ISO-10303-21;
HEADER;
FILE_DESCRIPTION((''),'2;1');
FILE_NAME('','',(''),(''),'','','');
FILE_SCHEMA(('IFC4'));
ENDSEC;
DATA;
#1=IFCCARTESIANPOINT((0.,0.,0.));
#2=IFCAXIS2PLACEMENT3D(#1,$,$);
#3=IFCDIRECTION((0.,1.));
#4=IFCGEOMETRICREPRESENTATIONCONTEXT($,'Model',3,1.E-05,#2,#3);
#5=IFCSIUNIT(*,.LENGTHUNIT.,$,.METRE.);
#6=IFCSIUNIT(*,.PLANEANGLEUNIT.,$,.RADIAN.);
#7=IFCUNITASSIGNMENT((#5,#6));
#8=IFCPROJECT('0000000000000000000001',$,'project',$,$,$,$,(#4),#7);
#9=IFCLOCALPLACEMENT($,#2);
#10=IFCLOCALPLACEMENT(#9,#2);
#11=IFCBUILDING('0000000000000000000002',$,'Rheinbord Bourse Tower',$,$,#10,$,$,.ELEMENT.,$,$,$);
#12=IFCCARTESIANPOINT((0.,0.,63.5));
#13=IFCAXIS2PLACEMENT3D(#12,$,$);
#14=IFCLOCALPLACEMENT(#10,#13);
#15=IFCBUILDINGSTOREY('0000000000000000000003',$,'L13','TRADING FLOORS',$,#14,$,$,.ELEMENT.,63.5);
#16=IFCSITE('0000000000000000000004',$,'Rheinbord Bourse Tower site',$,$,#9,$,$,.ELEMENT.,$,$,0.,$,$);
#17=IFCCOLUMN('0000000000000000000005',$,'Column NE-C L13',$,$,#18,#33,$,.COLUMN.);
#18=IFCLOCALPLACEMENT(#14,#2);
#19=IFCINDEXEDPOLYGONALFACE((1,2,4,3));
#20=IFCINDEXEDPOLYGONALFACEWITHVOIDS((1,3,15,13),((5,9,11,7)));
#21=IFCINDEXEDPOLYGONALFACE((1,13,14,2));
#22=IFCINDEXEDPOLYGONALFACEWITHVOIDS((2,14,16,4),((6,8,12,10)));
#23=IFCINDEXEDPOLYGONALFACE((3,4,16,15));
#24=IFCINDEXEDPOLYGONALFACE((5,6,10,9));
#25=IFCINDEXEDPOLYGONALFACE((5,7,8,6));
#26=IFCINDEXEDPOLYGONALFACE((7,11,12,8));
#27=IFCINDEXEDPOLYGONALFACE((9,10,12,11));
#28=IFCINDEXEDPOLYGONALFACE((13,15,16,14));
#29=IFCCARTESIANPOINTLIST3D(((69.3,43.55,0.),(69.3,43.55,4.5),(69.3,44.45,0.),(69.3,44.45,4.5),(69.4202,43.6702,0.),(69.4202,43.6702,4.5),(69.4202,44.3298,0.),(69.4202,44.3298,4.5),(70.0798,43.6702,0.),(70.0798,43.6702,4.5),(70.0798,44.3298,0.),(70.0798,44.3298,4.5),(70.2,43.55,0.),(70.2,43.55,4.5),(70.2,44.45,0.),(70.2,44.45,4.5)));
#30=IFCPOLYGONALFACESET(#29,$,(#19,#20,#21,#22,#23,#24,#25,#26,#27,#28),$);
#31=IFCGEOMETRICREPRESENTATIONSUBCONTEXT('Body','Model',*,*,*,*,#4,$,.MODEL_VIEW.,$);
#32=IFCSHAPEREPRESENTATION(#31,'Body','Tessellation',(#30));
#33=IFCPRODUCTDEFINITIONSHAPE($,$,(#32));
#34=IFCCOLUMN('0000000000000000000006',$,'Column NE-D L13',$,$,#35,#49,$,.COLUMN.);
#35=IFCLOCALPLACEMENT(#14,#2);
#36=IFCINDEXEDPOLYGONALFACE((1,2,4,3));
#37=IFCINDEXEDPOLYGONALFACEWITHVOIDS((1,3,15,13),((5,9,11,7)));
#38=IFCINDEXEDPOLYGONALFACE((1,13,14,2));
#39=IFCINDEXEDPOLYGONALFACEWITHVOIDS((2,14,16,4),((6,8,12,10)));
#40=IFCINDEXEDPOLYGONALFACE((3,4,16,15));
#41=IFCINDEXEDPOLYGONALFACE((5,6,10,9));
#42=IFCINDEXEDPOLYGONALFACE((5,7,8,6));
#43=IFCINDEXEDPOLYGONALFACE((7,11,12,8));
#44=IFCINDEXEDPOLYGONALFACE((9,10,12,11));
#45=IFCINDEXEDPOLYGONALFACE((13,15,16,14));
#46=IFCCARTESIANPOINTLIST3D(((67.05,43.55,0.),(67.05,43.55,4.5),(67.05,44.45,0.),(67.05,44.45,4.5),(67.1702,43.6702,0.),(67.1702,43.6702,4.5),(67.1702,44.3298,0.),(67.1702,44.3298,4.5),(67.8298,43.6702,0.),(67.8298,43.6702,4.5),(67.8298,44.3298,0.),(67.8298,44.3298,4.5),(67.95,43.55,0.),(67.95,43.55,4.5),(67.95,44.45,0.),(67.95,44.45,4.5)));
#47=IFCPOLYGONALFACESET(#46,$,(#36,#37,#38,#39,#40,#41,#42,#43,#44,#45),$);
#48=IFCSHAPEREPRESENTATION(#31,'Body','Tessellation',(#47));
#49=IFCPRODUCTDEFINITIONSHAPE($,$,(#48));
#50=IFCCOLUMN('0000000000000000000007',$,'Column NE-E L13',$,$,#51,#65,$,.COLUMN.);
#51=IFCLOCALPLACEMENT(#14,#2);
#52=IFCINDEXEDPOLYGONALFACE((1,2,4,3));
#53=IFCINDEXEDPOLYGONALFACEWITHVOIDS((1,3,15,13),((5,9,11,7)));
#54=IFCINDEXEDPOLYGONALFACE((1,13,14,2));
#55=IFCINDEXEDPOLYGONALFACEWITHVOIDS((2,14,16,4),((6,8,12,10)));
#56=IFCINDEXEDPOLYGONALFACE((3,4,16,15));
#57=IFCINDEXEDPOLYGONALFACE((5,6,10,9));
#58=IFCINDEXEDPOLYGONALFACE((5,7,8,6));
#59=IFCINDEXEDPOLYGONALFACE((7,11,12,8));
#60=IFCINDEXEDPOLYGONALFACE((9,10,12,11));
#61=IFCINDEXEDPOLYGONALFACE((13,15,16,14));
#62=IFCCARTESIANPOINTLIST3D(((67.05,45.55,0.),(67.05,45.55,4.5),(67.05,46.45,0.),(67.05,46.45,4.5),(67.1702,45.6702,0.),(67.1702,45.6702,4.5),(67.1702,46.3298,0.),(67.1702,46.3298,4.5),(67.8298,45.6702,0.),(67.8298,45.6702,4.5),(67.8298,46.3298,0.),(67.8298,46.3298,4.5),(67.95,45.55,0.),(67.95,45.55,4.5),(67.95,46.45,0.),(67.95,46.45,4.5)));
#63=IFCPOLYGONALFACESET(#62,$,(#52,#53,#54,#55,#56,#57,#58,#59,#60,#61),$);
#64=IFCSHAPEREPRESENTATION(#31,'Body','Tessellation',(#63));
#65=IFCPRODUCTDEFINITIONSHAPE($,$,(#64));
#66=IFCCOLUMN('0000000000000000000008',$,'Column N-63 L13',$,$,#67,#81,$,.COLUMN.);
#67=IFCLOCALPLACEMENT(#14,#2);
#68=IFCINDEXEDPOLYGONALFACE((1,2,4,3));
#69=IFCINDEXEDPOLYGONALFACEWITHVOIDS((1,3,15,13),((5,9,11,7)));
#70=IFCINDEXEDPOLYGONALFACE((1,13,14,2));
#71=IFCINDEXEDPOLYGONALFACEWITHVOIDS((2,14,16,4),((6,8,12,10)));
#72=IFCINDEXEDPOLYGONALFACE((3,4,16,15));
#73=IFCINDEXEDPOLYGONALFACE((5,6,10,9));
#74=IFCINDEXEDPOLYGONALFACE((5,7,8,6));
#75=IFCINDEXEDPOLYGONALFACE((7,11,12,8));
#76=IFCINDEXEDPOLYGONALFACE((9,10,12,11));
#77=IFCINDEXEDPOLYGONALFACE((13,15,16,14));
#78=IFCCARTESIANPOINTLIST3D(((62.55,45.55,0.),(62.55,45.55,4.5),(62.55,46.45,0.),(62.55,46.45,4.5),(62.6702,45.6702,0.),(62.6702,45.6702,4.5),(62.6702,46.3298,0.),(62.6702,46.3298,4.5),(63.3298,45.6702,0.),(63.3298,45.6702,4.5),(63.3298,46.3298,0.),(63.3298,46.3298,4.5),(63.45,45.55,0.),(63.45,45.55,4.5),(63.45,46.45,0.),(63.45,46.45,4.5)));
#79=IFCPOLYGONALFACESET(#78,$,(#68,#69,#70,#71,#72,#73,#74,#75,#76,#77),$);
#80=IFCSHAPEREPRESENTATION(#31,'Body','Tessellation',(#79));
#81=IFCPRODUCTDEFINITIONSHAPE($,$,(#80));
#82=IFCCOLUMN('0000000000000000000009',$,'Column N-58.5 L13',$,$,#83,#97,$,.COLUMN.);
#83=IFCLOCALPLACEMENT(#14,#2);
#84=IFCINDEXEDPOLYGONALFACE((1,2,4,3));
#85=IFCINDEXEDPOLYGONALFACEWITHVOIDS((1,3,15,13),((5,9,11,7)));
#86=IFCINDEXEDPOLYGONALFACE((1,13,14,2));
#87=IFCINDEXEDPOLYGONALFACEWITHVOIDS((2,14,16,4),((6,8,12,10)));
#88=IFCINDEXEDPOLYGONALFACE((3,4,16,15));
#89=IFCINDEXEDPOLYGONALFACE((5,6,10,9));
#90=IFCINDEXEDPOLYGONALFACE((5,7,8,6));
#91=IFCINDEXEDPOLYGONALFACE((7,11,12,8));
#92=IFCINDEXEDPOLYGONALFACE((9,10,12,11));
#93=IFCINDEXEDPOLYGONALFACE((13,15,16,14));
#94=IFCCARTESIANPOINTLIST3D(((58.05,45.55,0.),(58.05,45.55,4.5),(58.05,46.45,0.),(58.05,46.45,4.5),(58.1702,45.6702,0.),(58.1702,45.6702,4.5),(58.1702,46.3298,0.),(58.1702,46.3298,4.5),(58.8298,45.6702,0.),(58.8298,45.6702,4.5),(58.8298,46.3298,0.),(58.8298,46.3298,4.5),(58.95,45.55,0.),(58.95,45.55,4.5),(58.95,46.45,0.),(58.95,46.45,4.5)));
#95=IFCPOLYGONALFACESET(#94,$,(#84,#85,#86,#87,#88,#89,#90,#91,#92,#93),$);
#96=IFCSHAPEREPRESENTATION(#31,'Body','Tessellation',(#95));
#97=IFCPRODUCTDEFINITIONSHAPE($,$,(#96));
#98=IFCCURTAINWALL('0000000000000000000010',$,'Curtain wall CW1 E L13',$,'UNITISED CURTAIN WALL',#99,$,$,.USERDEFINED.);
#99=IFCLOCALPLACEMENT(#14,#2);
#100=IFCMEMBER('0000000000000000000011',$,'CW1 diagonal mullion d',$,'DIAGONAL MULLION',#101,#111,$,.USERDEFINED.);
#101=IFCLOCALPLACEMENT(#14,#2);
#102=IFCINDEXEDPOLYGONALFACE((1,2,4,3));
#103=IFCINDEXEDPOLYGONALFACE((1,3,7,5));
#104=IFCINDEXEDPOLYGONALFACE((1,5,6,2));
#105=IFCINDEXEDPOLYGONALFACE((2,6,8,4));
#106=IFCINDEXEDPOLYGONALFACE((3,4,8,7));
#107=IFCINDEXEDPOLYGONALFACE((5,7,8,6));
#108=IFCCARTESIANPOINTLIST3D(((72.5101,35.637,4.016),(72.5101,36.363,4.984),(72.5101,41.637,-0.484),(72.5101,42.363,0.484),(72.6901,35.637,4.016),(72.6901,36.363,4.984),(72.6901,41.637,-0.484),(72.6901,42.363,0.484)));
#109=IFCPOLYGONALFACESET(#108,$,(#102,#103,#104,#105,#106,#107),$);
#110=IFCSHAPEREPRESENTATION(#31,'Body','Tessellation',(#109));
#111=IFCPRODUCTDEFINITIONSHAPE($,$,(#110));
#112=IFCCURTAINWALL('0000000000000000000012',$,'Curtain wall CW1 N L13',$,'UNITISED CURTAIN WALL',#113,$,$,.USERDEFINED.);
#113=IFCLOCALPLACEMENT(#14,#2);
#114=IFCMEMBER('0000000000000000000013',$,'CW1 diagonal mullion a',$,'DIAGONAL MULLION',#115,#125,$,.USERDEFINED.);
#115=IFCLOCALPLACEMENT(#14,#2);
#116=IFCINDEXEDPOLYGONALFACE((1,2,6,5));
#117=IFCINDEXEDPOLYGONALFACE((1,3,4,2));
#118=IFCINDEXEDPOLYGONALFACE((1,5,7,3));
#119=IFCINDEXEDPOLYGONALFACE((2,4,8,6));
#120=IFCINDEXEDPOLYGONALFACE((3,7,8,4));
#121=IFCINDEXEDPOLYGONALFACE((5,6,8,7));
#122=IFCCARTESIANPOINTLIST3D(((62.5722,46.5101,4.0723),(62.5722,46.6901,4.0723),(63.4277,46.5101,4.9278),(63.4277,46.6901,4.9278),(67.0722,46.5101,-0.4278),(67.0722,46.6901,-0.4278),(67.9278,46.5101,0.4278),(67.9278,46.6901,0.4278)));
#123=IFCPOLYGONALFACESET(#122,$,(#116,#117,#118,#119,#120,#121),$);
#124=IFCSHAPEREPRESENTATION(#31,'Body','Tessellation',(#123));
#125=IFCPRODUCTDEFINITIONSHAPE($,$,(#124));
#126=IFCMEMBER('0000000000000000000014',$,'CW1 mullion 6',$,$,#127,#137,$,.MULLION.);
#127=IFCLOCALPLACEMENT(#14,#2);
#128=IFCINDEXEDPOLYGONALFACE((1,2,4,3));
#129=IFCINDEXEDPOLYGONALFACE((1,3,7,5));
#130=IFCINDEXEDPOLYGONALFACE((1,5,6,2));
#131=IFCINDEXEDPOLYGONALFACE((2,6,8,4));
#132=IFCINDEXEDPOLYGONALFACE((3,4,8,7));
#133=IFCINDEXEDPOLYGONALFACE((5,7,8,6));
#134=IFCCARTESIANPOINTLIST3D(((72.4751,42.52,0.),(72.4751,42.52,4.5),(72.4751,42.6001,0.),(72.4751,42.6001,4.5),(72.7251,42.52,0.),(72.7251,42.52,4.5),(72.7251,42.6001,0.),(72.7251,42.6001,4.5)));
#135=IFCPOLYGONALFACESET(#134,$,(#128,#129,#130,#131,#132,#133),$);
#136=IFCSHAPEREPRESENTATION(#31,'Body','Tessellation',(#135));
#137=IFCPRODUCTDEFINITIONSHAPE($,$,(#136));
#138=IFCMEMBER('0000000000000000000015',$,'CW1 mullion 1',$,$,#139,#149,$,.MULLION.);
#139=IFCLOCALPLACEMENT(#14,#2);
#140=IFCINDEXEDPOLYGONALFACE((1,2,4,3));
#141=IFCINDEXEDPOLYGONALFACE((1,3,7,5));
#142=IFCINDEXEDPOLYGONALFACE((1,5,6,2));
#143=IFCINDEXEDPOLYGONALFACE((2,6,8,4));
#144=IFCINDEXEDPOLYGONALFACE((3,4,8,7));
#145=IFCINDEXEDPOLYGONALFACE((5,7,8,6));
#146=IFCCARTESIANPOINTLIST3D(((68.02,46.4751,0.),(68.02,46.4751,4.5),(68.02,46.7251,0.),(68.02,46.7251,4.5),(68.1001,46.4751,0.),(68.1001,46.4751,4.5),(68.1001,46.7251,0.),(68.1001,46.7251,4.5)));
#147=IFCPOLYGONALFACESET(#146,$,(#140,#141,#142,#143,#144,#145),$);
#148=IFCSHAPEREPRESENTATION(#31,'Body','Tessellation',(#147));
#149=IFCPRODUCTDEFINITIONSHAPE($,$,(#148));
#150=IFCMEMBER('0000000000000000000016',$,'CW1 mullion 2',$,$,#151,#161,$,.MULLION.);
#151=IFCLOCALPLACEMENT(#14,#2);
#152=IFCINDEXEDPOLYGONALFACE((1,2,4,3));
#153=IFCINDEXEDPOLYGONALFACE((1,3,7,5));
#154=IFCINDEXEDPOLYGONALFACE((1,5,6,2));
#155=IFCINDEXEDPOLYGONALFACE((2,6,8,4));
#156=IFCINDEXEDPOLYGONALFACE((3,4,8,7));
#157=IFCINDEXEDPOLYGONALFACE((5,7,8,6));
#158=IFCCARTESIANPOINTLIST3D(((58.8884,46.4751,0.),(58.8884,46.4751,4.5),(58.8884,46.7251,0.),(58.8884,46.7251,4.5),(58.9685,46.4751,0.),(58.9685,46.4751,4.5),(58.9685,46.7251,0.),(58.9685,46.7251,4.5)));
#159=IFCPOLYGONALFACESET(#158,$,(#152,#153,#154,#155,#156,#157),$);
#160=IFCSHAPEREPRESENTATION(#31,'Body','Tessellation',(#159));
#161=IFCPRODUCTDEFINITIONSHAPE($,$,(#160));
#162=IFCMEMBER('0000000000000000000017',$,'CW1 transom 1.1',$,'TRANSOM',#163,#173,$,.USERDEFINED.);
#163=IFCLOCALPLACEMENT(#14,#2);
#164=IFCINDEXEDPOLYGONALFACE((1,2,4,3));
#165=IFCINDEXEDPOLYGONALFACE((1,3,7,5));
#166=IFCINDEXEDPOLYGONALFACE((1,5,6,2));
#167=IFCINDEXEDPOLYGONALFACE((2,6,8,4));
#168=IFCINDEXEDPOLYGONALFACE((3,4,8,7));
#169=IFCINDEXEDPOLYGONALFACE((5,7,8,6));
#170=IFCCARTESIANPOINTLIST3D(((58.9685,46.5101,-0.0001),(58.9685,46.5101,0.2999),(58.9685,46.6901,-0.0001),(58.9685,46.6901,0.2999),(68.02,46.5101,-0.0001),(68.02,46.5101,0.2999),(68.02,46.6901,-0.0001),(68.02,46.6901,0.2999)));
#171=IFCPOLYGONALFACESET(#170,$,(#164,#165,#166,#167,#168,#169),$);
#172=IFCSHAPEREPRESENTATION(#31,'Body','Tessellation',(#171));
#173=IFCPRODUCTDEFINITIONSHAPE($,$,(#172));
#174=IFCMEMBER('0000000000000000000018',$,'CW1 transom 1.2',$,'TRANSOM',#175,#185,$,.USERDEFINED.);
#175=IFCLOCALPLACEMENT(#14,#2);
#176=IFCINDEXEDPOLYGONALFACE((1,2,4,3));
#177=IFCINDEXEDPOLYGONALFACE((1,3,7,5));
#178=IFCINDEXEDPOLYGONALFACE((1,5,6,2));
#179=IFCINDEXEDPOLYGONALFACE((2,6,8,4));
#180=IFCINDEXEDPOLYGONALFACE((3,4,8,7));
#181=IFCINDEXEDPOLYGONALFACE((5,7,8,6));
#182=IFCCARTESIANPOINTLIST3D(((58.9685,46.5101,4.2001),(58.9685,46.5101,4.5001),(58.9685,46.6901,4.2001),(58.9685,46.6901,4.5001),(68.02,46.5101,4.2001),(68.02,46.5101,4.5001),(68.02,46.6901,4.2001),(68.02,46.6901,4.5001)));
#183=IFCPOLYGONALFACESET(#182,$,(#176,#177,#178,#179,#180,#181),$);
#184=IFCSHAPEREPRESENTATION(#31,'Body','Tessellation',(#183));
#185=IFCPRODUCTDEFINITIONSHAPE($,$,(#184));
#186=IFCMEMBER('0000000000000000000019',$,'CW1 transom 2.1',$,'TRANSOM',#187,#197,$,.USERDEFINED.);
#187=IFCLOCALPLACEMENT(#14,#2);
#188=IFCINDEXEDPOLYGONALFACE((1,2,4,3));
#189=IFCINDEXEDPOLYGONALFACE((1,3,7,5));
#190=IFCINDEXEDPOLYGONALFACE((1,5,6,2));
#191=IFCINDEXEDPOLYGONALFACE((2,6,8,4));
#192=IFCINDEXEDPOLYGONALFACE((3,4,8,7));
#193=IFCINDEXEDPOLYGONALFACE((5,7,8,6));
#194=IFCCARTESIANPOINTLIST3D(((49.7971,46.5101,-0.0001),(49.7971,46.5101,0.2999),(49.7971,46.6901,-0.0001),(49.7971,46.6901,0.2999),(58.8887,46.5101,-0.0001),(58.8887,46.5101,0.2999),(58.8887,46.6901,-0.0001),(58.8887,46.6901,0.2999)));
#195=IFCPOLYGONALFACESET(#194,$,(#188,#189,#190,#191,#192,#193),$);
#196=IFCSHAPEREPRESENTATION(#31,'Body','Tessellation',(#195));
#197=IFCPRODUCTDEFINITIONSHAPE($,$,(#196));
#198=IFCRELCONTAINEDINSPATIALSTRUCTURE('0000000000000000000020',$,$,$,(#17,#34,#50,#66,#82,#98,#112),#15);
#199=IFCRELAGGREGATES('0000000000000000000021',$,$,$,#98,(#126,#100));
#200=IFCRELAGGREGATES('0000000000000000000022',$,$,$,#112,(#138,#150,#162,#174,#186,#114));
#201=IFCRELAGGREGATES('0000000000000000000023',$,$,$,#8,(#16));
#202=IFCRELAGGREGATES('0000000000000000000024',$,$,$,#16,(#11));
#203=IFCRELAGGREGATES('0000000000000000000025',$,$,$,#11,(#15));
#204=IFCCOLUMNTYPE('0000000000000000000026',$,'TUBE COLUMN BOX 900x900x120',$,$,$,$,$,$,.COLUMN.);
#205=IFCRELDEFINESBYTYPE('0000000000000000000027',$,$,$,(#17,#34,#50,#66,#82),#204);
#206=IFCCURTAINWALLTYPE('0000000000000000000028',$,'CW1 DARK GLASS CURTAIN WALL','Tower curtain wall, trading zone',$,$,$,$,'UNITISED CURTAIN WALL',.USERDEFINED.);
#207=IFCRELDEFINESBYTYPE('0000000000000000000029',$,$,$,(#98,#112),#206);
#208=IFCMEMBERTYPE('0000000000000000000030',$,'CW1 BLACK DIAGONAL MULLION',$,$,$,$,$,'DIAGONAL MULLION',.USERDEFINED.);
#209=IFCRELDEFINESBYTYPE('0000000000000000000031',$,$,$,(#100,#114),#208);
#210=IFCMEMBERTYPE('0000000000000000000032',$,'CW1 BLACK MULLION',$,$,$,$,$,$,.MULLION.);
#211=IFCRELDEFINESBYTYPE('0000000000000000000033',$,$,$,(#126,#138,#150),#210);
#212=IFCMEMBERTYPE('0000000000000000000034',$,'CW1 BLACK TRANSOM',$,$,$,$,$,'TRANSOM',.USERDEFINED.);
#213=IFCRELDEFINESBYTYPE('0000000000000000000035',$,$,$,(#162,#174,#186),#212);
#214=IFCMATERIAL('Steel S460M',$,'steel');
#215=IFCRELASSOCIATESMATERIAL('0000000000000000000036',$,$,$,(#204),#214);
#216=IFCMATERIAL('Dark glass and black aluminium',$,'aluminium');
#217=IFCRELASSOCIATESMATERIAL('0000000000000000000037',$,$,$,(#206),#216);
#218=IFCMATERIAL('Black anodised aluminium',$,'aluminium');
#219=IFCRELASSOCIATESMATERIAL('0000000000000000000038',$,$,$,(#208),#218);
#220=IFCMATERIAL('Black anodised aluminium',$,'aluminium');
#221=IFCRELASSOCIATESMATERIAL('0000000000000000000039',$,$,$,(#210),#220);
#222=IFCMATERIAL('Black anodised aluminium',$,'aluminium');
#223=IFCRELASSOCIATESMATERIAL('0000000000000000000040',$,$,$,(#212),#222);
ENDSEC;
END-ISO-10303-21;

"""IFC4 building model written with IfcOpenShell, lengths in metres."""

from ifc_helpers import new_model, si_unit, direction, frame, origin, origin_2d, place, context, subcontext, project, spatial, rectangle, hollow_rectangle, extrude, material, material_profile, profile_set, type_object, element, aggregate, save


model = new_model("IFC4")

# Units and contexts
model_context = context("Model", 3, precision=1e-05, world=origin(), true_north=direction((0.0, 1.0)))
body_context = subcontext(model_context, "Body", "Model", "MODEL_VIEW")
ifc_project = project(units=[si_unit("LENGTHUNIT", "METRE"), si_unit("PLANEANGLEUNIT", "RADIAN")], contexts=[model_context])

# Site, building, storey
site_placement = place(None, origin())
site = spatial("IfcSite", under=ifc_project, at=site_placement, Name="Rheinbord Bourse Tower site", CompositionType="ELEMENT", RefElevation=0.0)
building_placement = place(site_placement, origin())
building = spatial("IfcBuilding", under=site, at=building_placement, Name="Rheinbord Bourse Tower", CompositionType="ELEMENT")
storey_placement = place(building_placement, frame((0.0, 0.0, 63.5)))
storey = spatial("IfcBuildingStorey", under=building, at=storey_placement, Name="L13", Description="TRADING FLOORS", CompositionType="ELEMENT", Elevation=63.5)

# Columns
ifc_material_1 = material(Name="Steel S460M", Category="steel")
ifc_material_profile_1 = material_profile(ifc_material_1, hollow_rectangle(XDim=0.8999, YDim=0.8999, WallThickness=0.1201, at=origin_2d()), Name="BOX 900x900x120")
ifc_profile_set_1 = profile_set([ifc_material_profile_1], Name="Steel S460M")
column_type = type_object("IfcColumnType", Name="TUBE COLUMN BOX 900x900x120", PredefinedType="COLUMN", material=ifc_profile_set_1)
for number, where, z_axis, x_axis, name in (
    (1, (69.75, 44.0, 0.0), (0.0, 0.0, 1.0), (1.0, 0.0, 0.0), "Column NE-C L13"),
    (2, (67.5, 44.0, 0.0), (0.0, 0.0, 1.0), (0.0, 1.0, 0.0), "Column NE-D L13"),
    (3, (67.5, 46.0, 0.0), (0.0, 0.0, 1.0), (0.0, 1.0, 0.0), "Column NE-E L13"),
    (4, (63.0, 46.0, 0.0), (0.0, 0.0, 1.0), (0.0, 1.0, 0.0), "Column N-63 L13"),
    (5, (58.5, 46.0, 0.0), (0.0, 0.0, 1.0), (0.0, 1.0, 0.0), "Column N-58.5 L13"),
):
    element("IfcColumn", number, at=place(storey_placement, frame(where, z_axis=z_axis, x_axis=x_axis)), inside=storey, type_object=column_type, Name=name, PredefinedType="COLUMN", context=body_context, shape_type="SweptSolid", body=[
        extrude(hollow_rectangle(XDim=0.8999, YDim=0.8999, WallThickness=0.1201, at=origin_2d()), origin(), (0.0, 0.0, 1.0), 4.5),
    ])

# Curtain walls, members
ifc_material_2 = material(Name="Dark glass and black aluminium", Category="aluminium")
curtain_wall_type = type_object("IfcCurtainWallType", Name="CW1 DARK GLASS CURTAIN WALL", Description="Tower curtain wall, trading zone", ElementType="UNITISED CURTAIN WALL", PredefinedType="USERDEFINED", material=ifc_material_2)
curtain_wall_1_placement = place(storey_placement, origin())
curtain_wall_1 = element("IfcCurtainWall", 6, at=curtain_wall_1_placement, inside=storey, type_object=curtain_wall_type, Name="Curtain wall CW1 E L13", ObjectType="UNITISED CURTAIN WALL", PredefinedType="USERDEFINED")
ifc_material_3 = material(Name="Black anodised aluminium", Category="aluminium")
ifc_material_profile_2 = material_profile(ifc_material_3, rectangle(XDim=0.1799, YDim=1.21, at=origin_2d()), Name="CW1 DIAGONAL MULLION 1210x180")
ifc_profile_set_2 = profile_set([ifc_material_profile_2], Name="Black anodised aluminium")
member_type_1 = type_object("IfcMemberType", Name="CW1 BLACK DIAGONAL MULLION", ElementType="DIAGONAL MULLION", PredefinedType="USERDEFINED", material=ifc_profile_set_2)
member_1_placement = place(storey_placement, frame((72.6001, 42.0, 0.0), z_axis=(0.0, -0.8, 0.6), x_axis=(1.0, 0.0, 0.0)))
member_1 = element("IfcMember", 7, at=member_1_placement, type_object=member_type_1, Name="CW1 diagonal mullion d", ObjectType="DIAGONAL MULLION", PredefinedType="USERDEFINED", context=body_context, shape_type="SweptSolid", body=[
    extrude(rectangle(XDim=0.1799, YDim=1.21, at=origin_2d()), origin(), (0.0, 0.0, 1.0), 7.5),
])
curtain_wall_2_placement = place(storey_placement, origin())
curtain_wall_2 = element("IfcCurtainWall", 8, at=curtain_wall_2_placement, inside=storey, type_object=curtain_wall_type, Name="Curtain wall CW1 N L13", ObjectType="UNITISED CURTAIN WALL", PredefinedType="USERDEFINED")
member_2_placement = place(storey_placement, frame((67.5, 46.6001, 0.0), z_axis=(-0.707107, 0.0, 0.707107), x_axis=(0.0, -1.0, 0.0)))
member_2 = element("IfcMember", 9, at=member_2_placement, type_object=member_type_1, Name="CW1 diagonal mullion a", ObjectType="DIAGONAL MULLION", PredefinedType="USERDEFINED", context=body_context, shape_type="SweptSolid", body=[
    extrude(rectangle(XDim=0.1799, YDim=1.21, at=origin_2d()), origin(), (0.0, 0.0, 1.0), 6.364),
])

# Members
ifc_material_4 = material(Name="Black anodised aluminium", Category="aluminium")
ifc_material_profile_3 = material_profile(ifc_material_4, rectangle(XDim=0.25, YDim=0.0801, at=origin_2d()), Name="CW1 MULLION 80x250")
ifc_profile_set_3 = profile_set([ifc_material_profile_3], Name="Black anodised aluminium")
member_type_2 = type_object("IfcMemberType", Name="CW1 BLACK MULLION", PredefinedType="MULLION", material=ifc_profile_set_3)
member_3_placement = place(storey_placement, frame((72.6001, 42.5601, 0.0), z_axis=(0.0, 0.0, 1.0), x_axis=(-1.0, 0.0, 0.0)))
member_3 = element("IfcMember", 10, at=member_3_placement, type_object=member_type_2, Name="CW1 mullion 6", PredefinedType="MULLION", context=body_context, shape_type="SweptSolid", body=[
    extrude(rectangle(XDim=0.25, YDim=0.0801, at=origin_2d()), origin(), (0.0, 0.0, 1.0), 4.5),
])
member_4_placement = place(storey_placement, frame((68.0601, 46.6001, 0.0), z_axis=(0.0, 0.0, 1.0), x_axis=(0.0, -1.0, 0.0)))
member_4 = element("IfcMember", 11, at=member_4_placement, type_object=member_type_2, Name="CW1 mullion 1", PredefinedType="MULLION", context=body_context, shape_type="SweptSolid", body=[
    extrude(rectangle(XDim=0.25, YDim=0.0801, at=origin_2d()), origin(), (0.0, 0.0, 1.0), 4.5),
])
member_5_placement = place(storey_placement, frame((58.9285, 46.6001, 0.0), z_axis=(0.0, 0.0, 1.0), x_axis=(0.0, -1.0, 0.0)))
member_5 = element("IfcMember", 12, at=member_5_placement, type_object=member_type_2, Name="CW1 mullion 2", PredefinedType="MULLION", context=body_context, shape_type="SweptSolid", body=[
    extrude(rectangle(XDim=0.25, YDim=0.0801, at=origin_2d()), origin(), (0.0, 0.0, 1.0), 4.5),
])
ifc_material_5 = material(Name="Black anodised aluminium", Category="aluminium")
ifc_material_profile_4 = material_profile(ifc_material_5, rectangle(XDim=0.1799, YDim=0.3, at=origin_2d()), Name="CW1 TRANSOM 300x180")
ifc_profile_set_4 = profile_set([ifc_material_profile_4], Name="Black anodised aluminium")
member_type_3 = type_object("IfcMemberType", Name="CW1 BLACK TRANSOM", ElementType="TRANSOM", PredefinedType="USERDEFINED", material=ifc_profile_set_4)
member_6_placement = place(storey_placement, frame((68.02, 46.6001, 0.1499), z_axis=(-1.0, 0.0, 0.0), x_axis=(0.0, -1.0, 0.0)))
member_6 = element("IfcMember", 13, at=member_6_placement, type_object=member_type_3, Name="CW1 transom 1.1", ObjectType="TRANSOM", PredefinedType="USERDEFINED", context=body_context, shape_type="SweptSolid", body=[
    extrude(rectangle(XDim=0.1799, YDim=0.3, at=origin_2d()), origin(), (0.0, 0.0, 1.0), 9.0515),
])
member_7_placement = place(storey_placement, frame((68.02, 46.6001, 4.3501), z_axis=(-1.0, 0.0, 0.0), x_axis=(0.0, -1.0, 0.0)))
member_7 = element("IfcMember", 14, at=member_7_placement, type_object=member_type_3, Name="CW1 transom 1.2", ObjectType="TRANSOM", PredefinedType="USERDEFINED", context=body_context, shape_type="SweptSolid", body=[
    extrude(rectangle(XDim=0.1799, YDim=0.3, at=origin_2d()), origin(), (0.0, 0.0, 1.0), 9.0515),
])
member_8_placement = place(storey_placement, frame((58.8887, 46.6001, 0.1499), z_axis=(-1.0, 0.0, 0.0), x_axis=(0.0, -1.0, 0.0)))
member_8 = element("IfcMember", 15, at=member_8_placement, type_object=member_type_3, Name="CW1 transom 2.1", ObjectType="TRANSOM", PredefinedType="USERDEFINED", context=body_context, shape_type="SweptSolid", body=[
    extrude(rectangle(XDim=0.1799, YDim=0.3, at=origin_2d()), origin(), (0.0, 0.0, 1.0), 9.0916),
])

aggregate(curtain_wall_1, [member_3, member_1])
aggregate(curtain_wall_2, [member_4, member_5, member_6, member_7, member_8, member_2])

save(model, "model.ifc")
